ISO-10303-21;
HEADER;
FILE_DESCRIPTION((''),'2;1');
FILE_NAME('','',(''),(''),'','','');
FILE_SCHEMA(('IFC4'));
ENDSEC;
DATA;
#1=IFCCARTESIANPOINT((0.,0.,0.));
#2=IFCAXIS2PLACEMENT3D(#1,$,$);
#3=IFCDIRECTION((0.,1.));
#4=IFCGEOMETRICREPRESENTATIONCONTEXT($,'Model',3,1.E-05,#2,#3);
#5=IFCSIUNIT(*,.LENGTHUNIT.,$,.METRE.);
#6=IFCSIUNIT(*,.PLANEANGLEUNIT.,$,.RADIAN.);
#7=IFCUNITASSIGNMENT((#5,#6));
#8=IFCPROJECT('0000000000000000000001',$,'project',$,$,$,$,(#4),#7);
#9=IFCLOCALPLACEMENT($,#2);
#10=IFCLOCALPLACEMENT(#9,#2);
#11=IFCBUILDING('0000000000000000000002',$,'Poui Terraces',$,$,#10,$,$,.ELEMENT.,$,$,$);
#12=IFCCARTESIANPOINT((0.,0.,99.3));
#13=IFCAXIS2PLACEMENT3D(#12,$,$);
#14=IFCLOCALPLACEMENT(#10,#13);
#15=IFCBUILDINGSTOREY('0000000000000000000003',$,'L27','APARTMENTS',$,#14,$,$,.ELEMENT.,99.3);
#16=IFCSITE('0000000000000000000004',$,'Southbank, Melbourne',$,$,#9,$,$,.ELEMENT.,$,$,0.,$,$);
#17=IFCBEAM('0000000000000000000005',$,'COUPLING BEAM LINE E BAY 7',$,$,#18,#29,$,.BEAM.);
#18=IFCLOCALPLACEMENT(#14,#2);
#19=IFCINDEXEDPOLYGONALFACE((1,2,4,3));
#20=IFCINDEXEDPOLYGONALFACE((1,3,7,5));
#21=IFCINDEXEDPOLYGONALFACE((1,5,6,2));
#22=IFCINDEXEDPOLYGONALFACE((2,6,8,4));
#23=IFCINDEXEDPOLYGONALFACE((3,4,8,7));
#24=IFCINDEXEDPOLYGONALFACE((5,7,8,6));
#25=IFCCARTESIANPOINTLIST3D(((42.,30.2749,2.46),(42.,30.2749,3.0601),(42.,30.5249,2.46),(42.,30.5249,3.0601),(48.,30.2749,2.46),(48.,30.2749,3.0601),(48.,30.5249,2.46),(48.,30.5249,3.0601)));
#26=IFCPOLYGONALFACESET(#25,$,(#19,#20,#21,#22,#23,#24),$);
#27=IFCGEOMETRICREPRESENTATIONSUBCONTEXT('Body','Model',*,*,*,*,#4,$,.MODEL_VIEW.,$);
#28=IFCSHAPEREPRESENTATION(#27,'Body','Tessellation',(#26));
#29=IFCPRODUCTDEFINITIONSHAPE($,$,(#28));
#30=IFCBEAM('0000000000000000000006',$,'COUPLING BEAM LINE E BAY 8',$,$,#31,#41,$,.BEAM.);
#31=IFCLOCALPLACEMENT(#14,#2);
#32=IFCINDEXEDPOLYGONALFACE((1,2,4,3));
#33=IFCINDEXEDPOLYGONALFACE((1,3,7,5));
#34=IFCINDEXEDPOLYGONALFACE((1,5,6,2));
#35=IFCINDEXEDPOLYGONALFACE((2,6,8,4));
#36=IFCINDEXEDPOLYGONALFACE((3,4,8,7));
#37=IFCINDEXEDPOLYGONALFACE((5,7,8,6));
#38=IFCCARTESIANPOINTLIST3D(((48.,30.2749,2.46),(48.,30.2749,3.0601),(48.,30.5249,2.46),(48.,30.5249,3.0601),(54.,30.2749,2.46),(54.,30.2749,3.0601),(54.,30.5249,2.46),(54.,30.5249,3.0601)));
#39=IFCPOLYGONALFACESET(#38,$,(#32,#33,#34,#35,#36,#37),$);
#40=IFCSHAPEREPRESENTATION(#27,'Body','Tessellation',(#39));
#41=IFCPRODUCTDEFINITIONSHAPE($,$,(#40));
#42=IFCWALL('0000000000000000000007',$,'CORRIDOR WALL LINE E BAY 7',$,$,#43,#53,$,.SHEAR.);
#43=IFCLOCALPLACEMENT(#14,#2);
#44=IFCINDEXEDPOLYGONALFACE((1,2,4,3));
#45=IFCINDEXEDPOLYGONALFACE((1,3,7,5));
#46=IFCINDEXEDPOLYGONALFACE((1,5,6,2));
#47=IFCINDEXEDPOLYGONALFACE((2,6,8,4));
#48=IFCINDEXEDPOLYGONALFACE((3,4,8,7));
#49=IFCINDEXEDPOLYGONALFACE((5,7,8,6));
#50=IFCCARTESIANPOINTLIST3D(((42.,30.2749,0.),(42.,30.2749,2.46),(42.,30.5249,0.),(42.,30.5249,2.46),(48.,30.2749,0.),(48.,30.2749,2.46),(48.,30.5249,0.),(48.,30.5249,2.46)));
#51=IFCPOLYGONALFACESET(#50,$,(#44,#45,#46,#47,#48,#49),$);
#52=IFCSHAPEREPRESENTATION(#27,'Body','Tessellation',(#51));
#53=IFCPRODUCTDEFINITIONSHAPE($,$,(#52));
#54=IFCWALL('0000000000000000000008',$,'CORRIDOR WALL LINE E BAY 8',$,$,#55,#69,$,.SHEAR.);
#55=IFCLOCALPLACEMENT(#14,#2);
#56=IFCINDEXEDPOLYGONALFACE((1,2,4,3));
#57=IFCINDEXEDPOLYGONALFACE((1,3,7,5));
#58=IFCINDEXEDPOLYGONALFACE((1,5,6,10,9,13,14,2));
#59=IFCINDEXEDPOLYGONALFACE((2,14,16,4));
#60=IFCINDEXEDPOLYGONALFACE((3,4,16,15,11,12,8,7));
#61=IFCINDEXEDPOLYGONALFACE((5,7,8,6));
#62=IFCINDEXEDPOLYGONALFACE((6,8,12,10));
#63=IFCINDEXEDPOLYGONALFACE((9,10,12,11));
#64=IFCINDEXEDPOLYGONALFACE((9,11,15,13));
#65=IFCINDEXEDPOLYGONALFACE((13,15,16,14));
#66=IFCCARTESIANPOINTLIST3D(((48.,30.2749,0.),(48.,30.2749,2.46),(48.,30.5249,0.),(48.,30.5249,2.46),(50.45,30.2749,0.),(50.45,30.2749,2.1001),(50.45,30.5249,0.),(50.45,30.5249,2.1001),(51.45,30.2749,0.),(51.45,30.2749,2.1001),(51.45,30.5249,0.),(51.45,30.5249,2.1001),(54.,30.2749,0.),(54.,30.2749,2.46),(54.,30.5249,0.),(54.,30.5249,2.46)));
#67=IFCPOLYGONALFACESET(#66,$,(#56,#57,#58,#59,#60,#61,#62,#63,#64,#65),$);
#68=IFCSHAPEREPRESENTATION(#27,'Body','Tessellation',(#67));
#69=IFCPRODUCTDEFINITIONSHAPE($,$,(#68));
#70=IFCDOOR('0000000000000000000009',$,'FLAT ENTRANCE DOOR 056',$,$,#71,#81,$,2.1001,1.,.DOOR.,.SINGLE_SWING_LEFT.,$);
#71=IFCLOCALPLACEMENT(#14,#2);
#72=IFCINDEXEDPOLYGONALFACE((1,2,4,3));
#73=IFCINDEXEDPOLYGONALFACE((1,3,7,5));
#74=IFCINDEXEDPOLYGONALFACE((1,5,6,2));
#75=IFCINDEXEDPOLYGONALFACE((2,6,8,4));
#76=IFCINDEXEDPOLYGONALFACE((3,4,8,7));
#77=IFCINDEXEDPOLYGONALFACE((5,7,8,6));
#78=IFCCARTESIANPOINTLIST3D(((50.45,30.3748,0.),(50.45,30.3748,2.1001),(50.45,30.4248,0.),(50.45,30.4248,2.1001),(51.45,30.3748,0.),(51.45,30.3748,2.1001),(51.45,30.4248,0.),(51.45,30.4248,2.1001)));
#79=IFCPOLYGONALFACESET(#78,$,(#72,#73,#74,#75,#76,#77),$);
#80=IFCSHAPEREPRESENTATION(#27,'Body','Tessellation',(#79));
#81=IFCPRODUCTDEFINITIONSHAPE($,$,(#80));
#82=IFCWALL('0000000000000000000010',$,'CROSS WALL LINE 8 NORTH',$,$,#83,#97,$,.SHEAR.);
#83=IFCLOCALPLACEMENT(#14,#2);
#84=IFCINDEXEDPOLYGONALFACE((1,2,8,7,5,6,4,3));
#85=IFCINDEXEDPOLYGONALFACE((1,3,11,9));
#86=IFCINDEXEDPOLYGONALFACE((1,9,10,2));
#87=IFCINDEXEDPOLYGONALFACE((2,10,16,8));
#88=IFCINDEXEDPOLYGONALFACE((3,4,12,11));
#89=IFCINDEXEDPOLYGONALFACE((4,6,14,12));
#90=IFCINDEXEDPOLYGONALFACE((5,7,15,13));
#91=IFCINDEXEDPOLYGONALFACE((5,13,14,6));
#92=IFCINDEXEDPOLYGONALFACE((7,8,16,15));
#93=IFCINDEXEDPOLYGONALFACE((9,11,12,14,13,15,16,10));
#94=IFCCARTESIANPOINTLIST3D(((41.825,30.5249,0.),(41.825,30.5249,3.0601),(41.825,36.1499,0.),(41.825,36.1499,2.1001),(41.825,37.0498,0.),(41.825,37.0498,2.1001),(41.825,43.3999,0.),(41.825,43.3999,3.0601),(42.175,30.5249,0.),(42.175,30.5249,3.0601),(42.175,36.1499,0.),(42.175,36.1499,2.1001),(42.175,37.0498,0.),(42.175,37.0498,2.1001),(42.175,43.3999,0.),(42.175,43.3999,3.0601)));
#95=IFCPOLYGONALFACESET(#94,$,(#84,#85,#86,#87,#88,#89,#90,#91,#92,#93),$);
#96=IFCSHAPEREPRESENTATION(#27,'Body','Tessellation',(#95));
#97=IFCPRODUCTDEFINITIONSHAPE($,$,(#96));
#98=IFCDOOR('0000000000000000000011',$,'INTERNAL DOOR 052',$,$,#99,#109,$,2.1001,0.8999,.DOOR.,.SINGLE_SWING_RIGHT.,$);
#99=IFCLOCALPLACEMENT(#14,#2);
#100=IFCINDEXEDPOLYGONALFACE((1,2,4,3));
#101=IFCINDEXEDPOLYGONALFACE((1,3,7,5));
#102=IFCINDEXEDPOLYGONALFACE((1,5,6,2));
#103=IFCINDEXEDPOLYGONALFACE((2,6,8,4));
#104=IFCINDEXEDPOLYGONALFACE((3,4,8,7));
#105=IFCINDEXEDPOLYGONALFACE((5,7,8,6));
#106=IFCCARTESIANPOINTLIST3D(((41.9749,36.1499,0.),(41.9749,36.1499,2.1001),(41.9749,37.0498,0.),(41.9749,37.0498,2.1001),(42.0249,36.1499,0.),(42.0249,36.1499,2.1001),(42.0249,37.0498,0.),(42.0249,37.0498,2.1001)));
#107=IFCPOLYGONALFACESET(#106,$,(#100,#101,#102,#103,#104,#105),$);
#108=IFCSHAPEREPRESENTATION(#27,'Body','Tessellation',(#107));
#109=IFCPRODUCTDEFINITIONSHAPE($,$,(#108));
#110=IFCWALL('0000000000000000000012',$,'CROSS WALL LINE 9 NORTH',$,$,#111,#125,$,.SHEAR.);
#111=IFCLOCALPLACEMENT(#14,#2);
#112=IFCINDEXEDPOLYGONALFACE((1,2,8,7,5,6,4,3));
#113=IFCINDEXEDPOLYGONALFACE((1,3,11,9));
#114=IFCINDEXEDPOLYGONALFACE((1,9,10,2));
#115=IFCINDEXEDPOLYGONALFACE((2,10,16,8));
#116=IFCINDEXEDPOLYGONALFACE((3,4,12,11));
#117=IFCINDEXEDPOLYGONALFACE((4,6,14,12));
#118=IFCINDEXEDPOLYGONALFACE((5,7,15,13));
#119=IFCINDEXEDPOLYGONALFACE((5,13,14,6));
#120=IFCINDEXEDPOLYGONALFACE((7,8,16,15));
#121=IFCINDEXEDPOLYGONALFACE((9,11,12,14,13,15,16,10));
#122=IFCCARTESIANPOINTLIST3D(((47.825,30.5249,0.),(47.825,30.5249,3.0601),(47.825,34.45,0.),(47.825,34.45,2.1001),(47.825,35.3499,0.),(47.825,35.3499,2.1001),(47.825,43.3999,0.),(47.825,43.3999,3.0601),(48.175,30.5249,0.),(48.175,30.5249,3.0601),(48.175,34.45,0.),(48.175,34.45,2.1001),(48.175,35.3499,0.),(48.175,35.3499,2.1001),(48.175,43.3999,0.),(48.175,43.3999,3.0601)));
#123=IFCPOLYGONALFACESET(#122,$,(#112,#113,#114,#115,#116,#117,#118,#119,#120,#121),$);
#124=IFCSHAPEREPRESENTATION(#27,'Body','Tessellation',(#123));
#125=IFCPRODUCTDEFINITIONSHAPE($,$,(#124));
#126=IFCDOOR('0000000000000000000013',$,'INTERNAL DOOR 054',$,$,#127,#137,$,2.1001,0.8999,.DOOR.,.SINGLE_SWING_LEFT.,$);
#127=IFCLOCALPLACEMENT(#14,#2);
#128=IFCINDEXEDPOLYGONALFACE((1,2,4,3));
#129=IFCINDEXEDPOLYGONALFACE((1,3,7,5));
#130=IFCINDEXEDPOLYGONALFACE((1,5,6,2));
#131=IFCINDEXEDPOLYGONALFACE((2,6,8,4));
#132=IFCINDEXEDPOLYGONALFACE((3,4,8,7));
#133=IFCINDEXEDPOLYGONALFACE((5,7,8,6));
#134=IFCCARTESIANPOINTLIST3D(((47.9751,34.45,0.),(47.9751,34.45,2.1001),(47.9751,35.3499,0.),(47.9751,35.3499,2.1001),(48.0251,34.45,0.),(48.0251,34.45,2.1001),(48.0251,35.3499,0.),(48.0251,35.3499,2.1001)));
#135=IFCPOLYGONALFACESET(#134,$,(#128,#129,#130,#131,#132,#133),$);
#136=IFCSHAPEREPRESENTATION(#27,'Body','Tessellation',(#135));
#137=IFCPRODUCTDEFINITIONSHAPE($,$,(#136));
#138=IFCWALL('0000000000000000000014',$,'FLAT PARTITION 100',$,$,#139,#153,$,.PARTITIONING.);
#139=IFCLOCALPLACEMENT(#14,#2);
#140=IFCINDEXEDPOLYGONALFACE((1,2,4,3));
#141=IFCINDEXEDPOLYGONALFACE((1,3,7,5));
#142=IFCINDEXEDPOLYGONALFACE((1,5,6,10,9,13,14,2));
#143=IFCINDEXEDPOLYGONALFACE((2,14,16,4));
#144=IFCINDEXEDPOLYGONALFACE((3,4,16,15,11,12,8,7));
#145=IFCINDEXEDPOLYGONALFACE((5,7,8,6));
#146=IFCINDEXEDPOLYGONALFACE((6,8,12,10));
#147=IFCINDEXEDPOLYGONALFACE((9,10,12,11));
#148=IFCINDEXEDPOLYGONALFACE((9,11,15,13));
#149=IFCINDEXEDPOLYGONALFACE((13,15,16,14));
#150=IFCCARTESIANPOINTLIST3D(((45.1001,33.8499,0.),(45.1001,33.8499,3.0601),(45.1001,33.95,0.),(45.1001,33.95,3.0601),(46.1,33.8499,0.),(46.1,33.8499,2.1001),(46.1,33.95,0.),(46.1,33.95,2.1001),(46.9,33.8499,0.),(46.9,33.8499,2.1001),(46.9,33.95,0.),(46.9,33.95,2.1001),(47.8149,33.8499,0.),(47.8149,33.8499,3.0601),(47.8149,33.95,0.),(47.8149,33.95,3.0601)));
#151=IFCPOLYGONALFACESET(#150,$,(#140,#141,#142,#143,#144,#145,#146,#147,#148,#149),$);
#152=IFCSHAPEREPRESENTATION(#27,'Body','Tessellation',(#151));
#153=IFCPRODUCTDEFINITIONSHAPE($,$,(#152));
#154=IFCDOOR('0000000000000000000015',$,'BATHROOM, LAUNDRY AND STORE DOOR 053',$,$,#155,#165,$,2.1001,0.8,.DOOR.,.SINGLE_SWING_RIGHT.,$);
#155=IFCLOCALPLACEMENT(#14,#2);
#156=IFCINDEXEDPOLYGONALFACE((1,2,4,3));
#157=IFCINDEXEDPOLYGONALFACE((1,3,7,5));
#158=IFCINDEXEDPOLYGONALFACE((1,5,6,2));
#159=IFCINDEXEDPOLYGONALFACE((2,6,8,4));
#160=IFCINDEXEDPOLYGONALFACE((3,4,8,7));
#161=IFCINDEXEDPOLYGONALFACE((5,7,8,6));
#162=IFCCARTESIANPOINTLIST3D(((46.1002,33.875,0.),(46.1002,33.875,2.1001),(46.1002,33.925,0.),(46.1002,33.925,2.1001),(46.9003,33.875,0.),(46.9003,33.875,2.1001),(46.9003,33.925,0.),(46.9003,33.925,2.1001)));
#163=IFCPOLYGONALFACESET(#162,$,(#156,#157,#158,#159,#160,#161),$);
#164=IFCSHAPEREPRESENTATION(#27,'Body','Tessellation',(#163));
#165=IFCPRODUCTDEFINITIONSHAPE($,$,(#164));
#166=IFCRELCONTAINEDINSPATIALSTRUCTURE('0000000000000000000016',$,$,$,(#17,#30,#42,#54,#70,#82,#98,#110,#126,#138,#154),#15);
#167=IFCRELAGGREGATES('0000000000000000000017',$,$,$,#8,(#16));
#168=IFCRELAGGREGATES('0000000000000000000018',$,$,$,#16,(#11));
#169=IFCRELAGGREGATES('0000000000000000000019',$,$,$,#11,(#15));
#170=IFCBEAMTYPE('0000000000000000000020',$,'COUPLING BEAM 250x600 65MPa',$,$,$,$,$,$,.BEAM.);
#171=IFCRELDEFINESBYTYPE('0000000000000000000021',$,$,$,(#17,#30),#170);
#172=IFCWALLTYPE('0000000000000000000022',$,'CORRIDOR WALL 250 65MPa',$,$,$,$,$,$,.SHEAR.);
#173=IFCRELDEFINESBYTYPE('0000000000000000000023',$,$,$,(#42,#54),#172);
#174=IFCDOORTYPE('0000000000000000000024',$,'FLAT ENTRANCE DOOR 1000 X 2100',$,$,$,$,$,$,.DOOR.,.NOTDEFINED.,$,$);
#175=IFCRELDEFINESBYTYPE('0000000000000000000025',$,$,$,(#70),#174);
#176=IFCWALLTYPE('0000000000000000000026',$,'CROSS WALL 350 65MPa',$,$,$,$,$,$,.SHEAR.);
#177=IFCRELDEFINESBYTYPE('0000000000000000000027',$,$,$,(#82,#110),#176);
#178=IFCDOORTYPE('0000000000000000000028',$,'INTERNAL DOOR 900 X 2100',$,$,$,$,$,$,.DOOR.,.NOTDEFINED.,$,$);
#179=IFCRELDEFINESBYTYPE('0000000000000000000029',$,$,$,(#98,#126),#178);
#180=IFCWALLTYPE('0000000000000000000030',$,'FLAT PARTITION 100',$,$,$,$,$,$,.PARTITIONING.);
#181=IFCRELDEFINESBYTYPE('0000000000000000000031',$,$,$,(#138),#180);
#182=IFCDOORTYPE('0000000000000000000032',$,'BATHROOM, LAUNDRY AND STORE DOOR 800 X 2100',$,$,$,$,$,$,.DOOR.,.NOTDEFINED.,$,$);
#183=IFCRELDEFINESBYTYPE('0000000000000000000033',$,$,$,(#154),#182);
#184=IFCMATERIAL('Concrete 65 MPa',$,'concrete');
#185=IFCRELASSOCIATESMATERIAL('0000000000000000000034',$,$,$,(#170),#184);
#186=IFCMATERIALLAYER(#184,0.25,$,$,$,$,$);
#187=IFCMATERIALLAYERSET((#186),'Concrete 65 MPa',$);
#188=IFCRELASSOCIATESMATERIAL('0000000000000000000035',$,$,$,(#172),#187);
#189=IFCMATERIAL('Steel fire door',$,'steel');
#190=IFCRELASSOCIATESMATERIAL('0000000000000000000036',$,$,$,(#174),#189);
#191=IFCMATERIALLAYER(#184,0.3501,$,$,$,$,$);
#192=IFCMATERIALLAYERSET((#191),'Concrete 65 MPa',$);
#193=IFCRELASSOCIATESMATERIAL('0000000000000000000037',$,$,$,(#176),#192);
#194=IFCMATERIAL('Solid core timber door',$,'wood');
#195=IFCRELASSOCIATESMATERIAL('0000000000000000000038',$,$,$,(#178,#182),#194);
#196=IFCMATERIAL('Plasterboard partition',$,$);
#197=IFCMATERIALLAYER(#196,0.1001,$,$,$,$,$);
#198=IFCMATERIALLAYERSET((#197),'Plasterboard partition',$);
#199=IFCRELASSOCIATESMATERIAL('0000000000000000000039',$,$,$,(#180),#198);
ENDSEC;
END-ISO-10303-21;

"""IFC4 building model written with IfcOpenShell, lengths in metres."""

from ifc_helpers import new_model, si_unit, direction, frame, frame_2d, origin, origin_2d, place, context, subcontext, project, spatial, rectangle, extrude, source, transform, mapped, material, layer, layer_set, material_profile, profile_set, type_object, element, fill, save


model = new_model("IFC4")

# Units and contexts
model_context = context("Model", 3, precision=1e-05, world=origin(), true_north=direction((0.0, 1.0)))
body_context = subcontext(model_context, "Body", "Model", "MODEL_VIEW")
ifc_project = project(units=[si_unit("LENGTHUNIT", "METRE"), si_unit("PLANEANGLEUNIT", "RADIAN")], contexts=[model_context])

# Site, building, storey
site_placement = place(None, origin())
site = spatial("IfcSite", under=ifc_project, at=site_placement, Name="Southbank, Melbourne", CompositionType="ELEMENT", RefElevation=0.0)
building_placement = place(site_placement, origin())
building = spatial("IfcBuilding", under=site, at=building_placement, Name="Poui Terraces", CompositionType="ELEMENT")
storey_placement = place(building_placement, frame((0.0, 0.0, 99.3)))
storey = spatial("IfcBuildingStorey", under=building, at=storey_placement, Name="L27", Description="APARTMENTS", CompositionType="ELEMENT", Elevation=99.3)

# Beams
ifc_material_1 = material(Name="Concrete 65 MPa", Category="concrete")
ifc_material_profile = material_profile(ifc_material_1, rectangle(XDim=0.25, YDim=0.6001, at=origin_2d()), Name="RC 250x600")
ifc_profile_set = profile_set([ifc_material_profile], Name="Concrete 65 MPa")
beam_type = type_object("IfcBeamType", Name="COUPLING BEAM 250x600 65MPa", PredefinedType="BEAM", material=ifc_profile_set)
shared_shape_1 = source(origin(), body_context, "Body", "SweptSolid", [
    extrude(rectangle(XDim=0.25, YDim=0.6001, at=origin_2d()), origin(), (0.0, 0.0, 1.0), 6.0),
])
for number, where, z_axis, x_axis, name in (
    (1, (42.0, 30.3999, 2.76), (1.0, 0.0, 0.0), (0.0, 1.0, 0.0), "COUPLING BEAM LINE E BAY 7"),
    (2, (48.0, 30.3999, 2.76), (1.0, 0.0, 0.0), (0.0, 1.0, 0.0), "COUPLING BEAM LINE E BAY 8"),
):
    element("IfcBeam", number, at=place(storey_placement, frame(where, z_axis=z_axis, x_axis=x_axis)), inside=storey, type_object=beam_type, Name=name, PredefinedType="BEAM", context=body_context, shape_type="MappedRepresentation", body=[
        mapped(shared_shape_1, transform((0.0, 0.0, 0.0))),
    ])

# Wall
ifc_layer_1 = layer(ifc_material_1, 0.25)
ifc_layer_set_1 = layer_set([ifc_layer_1], Name="Concrete 65 MPa")
wall_type_1 = type_object("IfcWallType", Name="CORRIDOR WALL 250 65MPa", PredefinedType="SHEAR", material=ifc_layer_set_1)
wall_1_placement = place(storey_placement, frame((42.0, 30.3999, 0.0), z_axis=(0.0, 0.0, 1.0), x_axis=(1.0, 0.0, 0.0)))
element("IfcWall", 3, at=wall_1_placement, inside=storey, type_object=wall_type_1, Name="CORRIDOR WALL LINE E BAY 7", PredefinedType="SHEAR", context=body_context, shape_type="SweptSolid", body=[
    extrude(rectangle(XDim=6.0, YDim=0.25, at=frame_2d((3.0, 0.0))), origin(), (0.0, 0.0, 1.0), 2.46),
])

# Walls, openings, doors
wall_2_placement = place(storey_placement, frame((48.0, 30.3999, 0.0), z_axis=(0.0, 0.0, 1.0), x_axis=(1.0, 0.0, 0.0)))
wall_2 = element("IfcWall", 4, at=wall_2_placement, inside=storey, type_object=wall_type_1, Name="CORRIDOR WALL LINE E BAY 8", PredefinedType="SHEAR", context=body_context, shape_type="SweptSolid", body=[
    extrude(rectangle(XDim=6.0, YDim=0.25, at=frame_2d((3.0, 0.0))), origin(), (0.0, 0.0, 1.0), 2.46),
])
opening_1_placement = place(wall_2_placement, frame((2.45, 0.0, 0.0)))
opening_1 = element("IfcOpeningElement", 5, at=opening_1_placement, cuts=wall_2, PredefinedType="OPENING", context=body_context, shape_type="SweptSolid", body=[
    extrude(rectangle(XDim=1.0, YDim=2.1001, at=frame_2d((0.5, 1.05))), frame((0.0, 0.135, 0.0), z_axis=(0.0, -1.0, 0.0), x_axis=(1.0, 0.0, 0.0)), (0.0, 0.0, 1.0), 0.27),
])
ifc_material_2 = material(Name="Steel fire door", Category="steel")
door_type_1 = type_object("IfcDoorType", Name="FLAT ENTRANCE DOOR 1000 X 2100", OperationType="NOTDEFINED", PredefinedType="DOOR", material=ifc_material_2)
door_1_placement = place(opening_1_placement, origin())
door_1 = element("IfcDoor", 6, at=door_1_placement, inside=storey, type_object=door_type_1, Name="FLAT ENTRANCE DOOR 056", OperationType="SINGLE_SWING_LEFT", OverallHeight=2.1001, OverallWidth=1.0, PredefinedType="DOOR", context=body_context, shape_type="SweptSolid", body=[
    extrude(rectangle(XDim=1.0, YDim=2.1001, at=frame_2d((0.5, 1.05))), frame((0.0, 0.0249, 0.0), z_axis=(0.0, -1.0, 0.0), x_axis=(1.0, 0.0, 0.0)), (0.0, 0.0, 1.0), 0.05),
])
fill(opening_1, door_1)
ifc_layer_2 = layer(ifc_material_1, 0.3501)
ifc_layer_set_2 = layer_set([ifc_layer_2], Name="Concrete 65 MPa")
wall_type_2 = type_object("IfcWallType", Name="CROSS WALL 350 65MPa", PredefinedType="SHEAR", material=ifc_layer_set_2)
wall_3_placement = place(storey_placement, frame((42.0, 30.5249, 0.0), z_axis=(0.0, 0.0, 1.0), x_axis=(0.0, 1.0, 0.0)))
wall_3 = element("IfcWall", 7, at=wall_3_placement, inside=storey, type_object=wall_type_2, Name="CROSS WALL LINE 8 NORTH", PredefinedType="SHEAR", context=body_context, shape_type="SweptSolid", body=[
    extrude(rectangle(XDim=12.875, YDim=0.3501, at=frame_2d((6.4375, 0.0))), origin(), (0.0, 0.0, 1.0), 3.0601),
])
opening_2_placement = place(wall_3_placement, frame((5.625, 0.0, 0.0)))
opening_2 = element("IfcOpeningElement", 8, at=opening_2_placement, cuts=wall_3, PredefinedType="OPENING", context=body_context, shape_type="SweptSolid", body=[
    extrude(rectangle(XDim=0.8999, YDim=2.1001, at=frame_2d((0.45, 1.05))), frame((0.0, 0.1851, 0.0), z_axis=(0.0, -1.0, 0.0), x_axis=(1.0, 0.0, 0.0)), (0.0, 0.0, 1.0), 0.3701),
])
ifc_material_3 = material(Name="Solid core timber door", Category="wood")
door_type_2 = type_object("IfcDoorType", Name="INTERNAL DOOR 900 X 2100", OperationType="NOTDEFINED", PredefinedType="DOOR", material=ifc_material_3)
door_2_placement = place(opening_2_placement, frame((0.8999, 0.0, 0.0), z_axis=(0.0, 0.0, 1.0), x_axis=(-1.0, 0.0, 0.0)))
door_2 = element("IfcDoor", 9, at=door_2_placement, inside=storey, type_object=door_type_2, Name="INTERNAL DOOR 052", OperationType="SINGLE_SWING_RIGHT", OverallHeight=2.1001, OverallWidth=0.8999, PredefinedType="DOOR", context=body_context, shape_type="SweptSolid", body=[
    extrude(rectangle(XDim=0.8999, YDim=2.1001, at=frame_2d((0.45, 1.05))), frame((0.0, 0.0249, 0.0), z_axis=(0.0, -1.0, 0.0), x_axis=(1.0, 0.0, 0.0)), (0.0, 0.0, 1.0), 0.05),
])
fill(opening_2, door_2)
wall_4_placement = place(storey_placement, frame((48.0, 30.5249, 0.0), z_axis=(0.0, 0.0, 1.0), x_axis=(0.0, 1.0, 0.0)))
wall_4 = element("IfcWall", 10, at=wall_4_placement, inside=storey, type_object=wall_type_2, Name="CROSS WALL LINE 9 NORTH", PredefinedType="SHEAR", context=body_context, shape_type="SweptSolid", body=[
    extrude(rectangle(XDim=12.875, YDim=0.3501, at=frame_2d((6.4375, 0.0))), origin(), (0.0, 0.0, 1.0), 3.0601),
])
opening_3_placement = place(wall_4_placement, frame((3.925, 0.0, 0.0)))
opening_3 = element("IfcOpeningElement", 11, at=opening_3_placement, cuts=wall_4, PredefinedType="OPENING", context=body_context, shape_type="SweptSolid", body=[
    extrude(rectangle(XDim=0.8999, YDim=2.1001, at=frame_2d((0.45, 1.05))), frame((0.0, 0.1851, 0.0), z_axis=(0.0, -1.0, 0.0), x_axis=(1.0, 0.0, 0.0)), (0.0, 0.0, 1.0), 0.3701),
])
door_3_placement = place(opening_3_placement, origin())
door_3 = element("IfcDoor", 12, at=door_3_placement, inside=storey, type_object=door_type_2, Name="INTERNAL DOOR 054", OperationType="SINGLE_SWING_LEFT", OverallHeight=2.1001, OverallWidth=0.8999, PredefinedType="DOOR", context=body_context, shape_type="SweptSolid", body=[
    extrude(rectangle(XDim=0.8999, YDim=2.1001, at=frame_2d((0.45, 1.05))), frame((0.0, 0.0249, 0.0), z_axis=(0.0, -1.0, 0.0), x_axis=(1.0, 0.0, 0.0)), (0.0, 0.0, 1.0), 0.05),
])
fill(opening_3, door_3)
ifc_material_4 = material(Name="Plasterboard partition")
ifc_layer_3 = layer(ifc_material_4, 0.1001)
ifc_layer_set_3 = layer_set([ifc_layer_3], Name="Plasterboard partition")
wall_type_3 = type_object("IfcWallType", Name="FLAT PARTITION 100", PredefinedType="PARTITIONING", material=ifc_layer_set_3)
wall_5_placement = place(storey_placement, frame((45.1001, 33.8999, 0.0), z_axis=(0.0, 0.0, 1.0), x_axis=(1.0, 0.0, 0.0)))
wall_5 = element("IfcWall", 13, at=wall_5_placement, inside=storey, type_object=wall_type_3, Name="FLAT PARTITION 100", PredefinedType="PARTITIONING", context=body_context, shape_type="SweptSolid", body=[
    extrude(rectangle(XDim=2.7148, YDim=0.1001, at=frame_2d((1.3574, 0.0))), origin(), (0.0, 0.0, 1.0), 3.0601),
])
opening_4_placement = place(wall_5_placement, frame((1.0, 0.0, 0.0)))
opening_4 = element("IfcOpeningElement", 14, at=opening_4_placement, cuts=wall_5, PredefinedType="OPENING", context=body_context, shape_type="SweptSolid", body=[
    extrude(rectangle(XDim=0.8, YDim=2.1001, at=frame_2d((0.3999, 1.05))), frame((0.0, 0.0601, 0.0), z_axis=(0.0, -1.0, 0.0), x_axis=(1.0, 0.0, 0.0)), (0.0, 0.0, 1.0), 0.1201),
])
door_type_3 = type_object("IfcDoorType", Name="BATHROOM, LAUNDRY AND STORE DOOR 800 X 2100", OperationType="NOTDEFINED", PredefinedType="DOOR", material=ifc_material_3)
door_4_placement = place(opening_4_placement, frame((0.8, 0.0, 0.0), z_axis=(0.0, 0.0, 1.0), x_axis=(-1.0, 0.0, 0.0)))
door_4 = element("IfcDoor", 15, at=door_4_placement, inside=storey, type_object=door_type_3, Name="BATHROOM, LAUNDRY AND STORE DOOR 053", OperationType="SINGLE_SWING_RIGHT", OverallHeight=2.1001, OverallWidth=0.8, PredefinedType="DOOR", context=body_context, shape_type="SweptSolid", body=[
    extrude(rectangle(XDim=0.8, YDim=2.1001, at=frame_2d((0.3999, 1.05))), frame((0.0, 0.0249, 0.0), z_axis=(0.0, -1.0, 0.0), x_axis=(1.0, 0.0, 0.0)), (0.0, 0.0, 1.0), 0.05),
])
fill(opening_4, door_4)

save(model, "model.ifc")
